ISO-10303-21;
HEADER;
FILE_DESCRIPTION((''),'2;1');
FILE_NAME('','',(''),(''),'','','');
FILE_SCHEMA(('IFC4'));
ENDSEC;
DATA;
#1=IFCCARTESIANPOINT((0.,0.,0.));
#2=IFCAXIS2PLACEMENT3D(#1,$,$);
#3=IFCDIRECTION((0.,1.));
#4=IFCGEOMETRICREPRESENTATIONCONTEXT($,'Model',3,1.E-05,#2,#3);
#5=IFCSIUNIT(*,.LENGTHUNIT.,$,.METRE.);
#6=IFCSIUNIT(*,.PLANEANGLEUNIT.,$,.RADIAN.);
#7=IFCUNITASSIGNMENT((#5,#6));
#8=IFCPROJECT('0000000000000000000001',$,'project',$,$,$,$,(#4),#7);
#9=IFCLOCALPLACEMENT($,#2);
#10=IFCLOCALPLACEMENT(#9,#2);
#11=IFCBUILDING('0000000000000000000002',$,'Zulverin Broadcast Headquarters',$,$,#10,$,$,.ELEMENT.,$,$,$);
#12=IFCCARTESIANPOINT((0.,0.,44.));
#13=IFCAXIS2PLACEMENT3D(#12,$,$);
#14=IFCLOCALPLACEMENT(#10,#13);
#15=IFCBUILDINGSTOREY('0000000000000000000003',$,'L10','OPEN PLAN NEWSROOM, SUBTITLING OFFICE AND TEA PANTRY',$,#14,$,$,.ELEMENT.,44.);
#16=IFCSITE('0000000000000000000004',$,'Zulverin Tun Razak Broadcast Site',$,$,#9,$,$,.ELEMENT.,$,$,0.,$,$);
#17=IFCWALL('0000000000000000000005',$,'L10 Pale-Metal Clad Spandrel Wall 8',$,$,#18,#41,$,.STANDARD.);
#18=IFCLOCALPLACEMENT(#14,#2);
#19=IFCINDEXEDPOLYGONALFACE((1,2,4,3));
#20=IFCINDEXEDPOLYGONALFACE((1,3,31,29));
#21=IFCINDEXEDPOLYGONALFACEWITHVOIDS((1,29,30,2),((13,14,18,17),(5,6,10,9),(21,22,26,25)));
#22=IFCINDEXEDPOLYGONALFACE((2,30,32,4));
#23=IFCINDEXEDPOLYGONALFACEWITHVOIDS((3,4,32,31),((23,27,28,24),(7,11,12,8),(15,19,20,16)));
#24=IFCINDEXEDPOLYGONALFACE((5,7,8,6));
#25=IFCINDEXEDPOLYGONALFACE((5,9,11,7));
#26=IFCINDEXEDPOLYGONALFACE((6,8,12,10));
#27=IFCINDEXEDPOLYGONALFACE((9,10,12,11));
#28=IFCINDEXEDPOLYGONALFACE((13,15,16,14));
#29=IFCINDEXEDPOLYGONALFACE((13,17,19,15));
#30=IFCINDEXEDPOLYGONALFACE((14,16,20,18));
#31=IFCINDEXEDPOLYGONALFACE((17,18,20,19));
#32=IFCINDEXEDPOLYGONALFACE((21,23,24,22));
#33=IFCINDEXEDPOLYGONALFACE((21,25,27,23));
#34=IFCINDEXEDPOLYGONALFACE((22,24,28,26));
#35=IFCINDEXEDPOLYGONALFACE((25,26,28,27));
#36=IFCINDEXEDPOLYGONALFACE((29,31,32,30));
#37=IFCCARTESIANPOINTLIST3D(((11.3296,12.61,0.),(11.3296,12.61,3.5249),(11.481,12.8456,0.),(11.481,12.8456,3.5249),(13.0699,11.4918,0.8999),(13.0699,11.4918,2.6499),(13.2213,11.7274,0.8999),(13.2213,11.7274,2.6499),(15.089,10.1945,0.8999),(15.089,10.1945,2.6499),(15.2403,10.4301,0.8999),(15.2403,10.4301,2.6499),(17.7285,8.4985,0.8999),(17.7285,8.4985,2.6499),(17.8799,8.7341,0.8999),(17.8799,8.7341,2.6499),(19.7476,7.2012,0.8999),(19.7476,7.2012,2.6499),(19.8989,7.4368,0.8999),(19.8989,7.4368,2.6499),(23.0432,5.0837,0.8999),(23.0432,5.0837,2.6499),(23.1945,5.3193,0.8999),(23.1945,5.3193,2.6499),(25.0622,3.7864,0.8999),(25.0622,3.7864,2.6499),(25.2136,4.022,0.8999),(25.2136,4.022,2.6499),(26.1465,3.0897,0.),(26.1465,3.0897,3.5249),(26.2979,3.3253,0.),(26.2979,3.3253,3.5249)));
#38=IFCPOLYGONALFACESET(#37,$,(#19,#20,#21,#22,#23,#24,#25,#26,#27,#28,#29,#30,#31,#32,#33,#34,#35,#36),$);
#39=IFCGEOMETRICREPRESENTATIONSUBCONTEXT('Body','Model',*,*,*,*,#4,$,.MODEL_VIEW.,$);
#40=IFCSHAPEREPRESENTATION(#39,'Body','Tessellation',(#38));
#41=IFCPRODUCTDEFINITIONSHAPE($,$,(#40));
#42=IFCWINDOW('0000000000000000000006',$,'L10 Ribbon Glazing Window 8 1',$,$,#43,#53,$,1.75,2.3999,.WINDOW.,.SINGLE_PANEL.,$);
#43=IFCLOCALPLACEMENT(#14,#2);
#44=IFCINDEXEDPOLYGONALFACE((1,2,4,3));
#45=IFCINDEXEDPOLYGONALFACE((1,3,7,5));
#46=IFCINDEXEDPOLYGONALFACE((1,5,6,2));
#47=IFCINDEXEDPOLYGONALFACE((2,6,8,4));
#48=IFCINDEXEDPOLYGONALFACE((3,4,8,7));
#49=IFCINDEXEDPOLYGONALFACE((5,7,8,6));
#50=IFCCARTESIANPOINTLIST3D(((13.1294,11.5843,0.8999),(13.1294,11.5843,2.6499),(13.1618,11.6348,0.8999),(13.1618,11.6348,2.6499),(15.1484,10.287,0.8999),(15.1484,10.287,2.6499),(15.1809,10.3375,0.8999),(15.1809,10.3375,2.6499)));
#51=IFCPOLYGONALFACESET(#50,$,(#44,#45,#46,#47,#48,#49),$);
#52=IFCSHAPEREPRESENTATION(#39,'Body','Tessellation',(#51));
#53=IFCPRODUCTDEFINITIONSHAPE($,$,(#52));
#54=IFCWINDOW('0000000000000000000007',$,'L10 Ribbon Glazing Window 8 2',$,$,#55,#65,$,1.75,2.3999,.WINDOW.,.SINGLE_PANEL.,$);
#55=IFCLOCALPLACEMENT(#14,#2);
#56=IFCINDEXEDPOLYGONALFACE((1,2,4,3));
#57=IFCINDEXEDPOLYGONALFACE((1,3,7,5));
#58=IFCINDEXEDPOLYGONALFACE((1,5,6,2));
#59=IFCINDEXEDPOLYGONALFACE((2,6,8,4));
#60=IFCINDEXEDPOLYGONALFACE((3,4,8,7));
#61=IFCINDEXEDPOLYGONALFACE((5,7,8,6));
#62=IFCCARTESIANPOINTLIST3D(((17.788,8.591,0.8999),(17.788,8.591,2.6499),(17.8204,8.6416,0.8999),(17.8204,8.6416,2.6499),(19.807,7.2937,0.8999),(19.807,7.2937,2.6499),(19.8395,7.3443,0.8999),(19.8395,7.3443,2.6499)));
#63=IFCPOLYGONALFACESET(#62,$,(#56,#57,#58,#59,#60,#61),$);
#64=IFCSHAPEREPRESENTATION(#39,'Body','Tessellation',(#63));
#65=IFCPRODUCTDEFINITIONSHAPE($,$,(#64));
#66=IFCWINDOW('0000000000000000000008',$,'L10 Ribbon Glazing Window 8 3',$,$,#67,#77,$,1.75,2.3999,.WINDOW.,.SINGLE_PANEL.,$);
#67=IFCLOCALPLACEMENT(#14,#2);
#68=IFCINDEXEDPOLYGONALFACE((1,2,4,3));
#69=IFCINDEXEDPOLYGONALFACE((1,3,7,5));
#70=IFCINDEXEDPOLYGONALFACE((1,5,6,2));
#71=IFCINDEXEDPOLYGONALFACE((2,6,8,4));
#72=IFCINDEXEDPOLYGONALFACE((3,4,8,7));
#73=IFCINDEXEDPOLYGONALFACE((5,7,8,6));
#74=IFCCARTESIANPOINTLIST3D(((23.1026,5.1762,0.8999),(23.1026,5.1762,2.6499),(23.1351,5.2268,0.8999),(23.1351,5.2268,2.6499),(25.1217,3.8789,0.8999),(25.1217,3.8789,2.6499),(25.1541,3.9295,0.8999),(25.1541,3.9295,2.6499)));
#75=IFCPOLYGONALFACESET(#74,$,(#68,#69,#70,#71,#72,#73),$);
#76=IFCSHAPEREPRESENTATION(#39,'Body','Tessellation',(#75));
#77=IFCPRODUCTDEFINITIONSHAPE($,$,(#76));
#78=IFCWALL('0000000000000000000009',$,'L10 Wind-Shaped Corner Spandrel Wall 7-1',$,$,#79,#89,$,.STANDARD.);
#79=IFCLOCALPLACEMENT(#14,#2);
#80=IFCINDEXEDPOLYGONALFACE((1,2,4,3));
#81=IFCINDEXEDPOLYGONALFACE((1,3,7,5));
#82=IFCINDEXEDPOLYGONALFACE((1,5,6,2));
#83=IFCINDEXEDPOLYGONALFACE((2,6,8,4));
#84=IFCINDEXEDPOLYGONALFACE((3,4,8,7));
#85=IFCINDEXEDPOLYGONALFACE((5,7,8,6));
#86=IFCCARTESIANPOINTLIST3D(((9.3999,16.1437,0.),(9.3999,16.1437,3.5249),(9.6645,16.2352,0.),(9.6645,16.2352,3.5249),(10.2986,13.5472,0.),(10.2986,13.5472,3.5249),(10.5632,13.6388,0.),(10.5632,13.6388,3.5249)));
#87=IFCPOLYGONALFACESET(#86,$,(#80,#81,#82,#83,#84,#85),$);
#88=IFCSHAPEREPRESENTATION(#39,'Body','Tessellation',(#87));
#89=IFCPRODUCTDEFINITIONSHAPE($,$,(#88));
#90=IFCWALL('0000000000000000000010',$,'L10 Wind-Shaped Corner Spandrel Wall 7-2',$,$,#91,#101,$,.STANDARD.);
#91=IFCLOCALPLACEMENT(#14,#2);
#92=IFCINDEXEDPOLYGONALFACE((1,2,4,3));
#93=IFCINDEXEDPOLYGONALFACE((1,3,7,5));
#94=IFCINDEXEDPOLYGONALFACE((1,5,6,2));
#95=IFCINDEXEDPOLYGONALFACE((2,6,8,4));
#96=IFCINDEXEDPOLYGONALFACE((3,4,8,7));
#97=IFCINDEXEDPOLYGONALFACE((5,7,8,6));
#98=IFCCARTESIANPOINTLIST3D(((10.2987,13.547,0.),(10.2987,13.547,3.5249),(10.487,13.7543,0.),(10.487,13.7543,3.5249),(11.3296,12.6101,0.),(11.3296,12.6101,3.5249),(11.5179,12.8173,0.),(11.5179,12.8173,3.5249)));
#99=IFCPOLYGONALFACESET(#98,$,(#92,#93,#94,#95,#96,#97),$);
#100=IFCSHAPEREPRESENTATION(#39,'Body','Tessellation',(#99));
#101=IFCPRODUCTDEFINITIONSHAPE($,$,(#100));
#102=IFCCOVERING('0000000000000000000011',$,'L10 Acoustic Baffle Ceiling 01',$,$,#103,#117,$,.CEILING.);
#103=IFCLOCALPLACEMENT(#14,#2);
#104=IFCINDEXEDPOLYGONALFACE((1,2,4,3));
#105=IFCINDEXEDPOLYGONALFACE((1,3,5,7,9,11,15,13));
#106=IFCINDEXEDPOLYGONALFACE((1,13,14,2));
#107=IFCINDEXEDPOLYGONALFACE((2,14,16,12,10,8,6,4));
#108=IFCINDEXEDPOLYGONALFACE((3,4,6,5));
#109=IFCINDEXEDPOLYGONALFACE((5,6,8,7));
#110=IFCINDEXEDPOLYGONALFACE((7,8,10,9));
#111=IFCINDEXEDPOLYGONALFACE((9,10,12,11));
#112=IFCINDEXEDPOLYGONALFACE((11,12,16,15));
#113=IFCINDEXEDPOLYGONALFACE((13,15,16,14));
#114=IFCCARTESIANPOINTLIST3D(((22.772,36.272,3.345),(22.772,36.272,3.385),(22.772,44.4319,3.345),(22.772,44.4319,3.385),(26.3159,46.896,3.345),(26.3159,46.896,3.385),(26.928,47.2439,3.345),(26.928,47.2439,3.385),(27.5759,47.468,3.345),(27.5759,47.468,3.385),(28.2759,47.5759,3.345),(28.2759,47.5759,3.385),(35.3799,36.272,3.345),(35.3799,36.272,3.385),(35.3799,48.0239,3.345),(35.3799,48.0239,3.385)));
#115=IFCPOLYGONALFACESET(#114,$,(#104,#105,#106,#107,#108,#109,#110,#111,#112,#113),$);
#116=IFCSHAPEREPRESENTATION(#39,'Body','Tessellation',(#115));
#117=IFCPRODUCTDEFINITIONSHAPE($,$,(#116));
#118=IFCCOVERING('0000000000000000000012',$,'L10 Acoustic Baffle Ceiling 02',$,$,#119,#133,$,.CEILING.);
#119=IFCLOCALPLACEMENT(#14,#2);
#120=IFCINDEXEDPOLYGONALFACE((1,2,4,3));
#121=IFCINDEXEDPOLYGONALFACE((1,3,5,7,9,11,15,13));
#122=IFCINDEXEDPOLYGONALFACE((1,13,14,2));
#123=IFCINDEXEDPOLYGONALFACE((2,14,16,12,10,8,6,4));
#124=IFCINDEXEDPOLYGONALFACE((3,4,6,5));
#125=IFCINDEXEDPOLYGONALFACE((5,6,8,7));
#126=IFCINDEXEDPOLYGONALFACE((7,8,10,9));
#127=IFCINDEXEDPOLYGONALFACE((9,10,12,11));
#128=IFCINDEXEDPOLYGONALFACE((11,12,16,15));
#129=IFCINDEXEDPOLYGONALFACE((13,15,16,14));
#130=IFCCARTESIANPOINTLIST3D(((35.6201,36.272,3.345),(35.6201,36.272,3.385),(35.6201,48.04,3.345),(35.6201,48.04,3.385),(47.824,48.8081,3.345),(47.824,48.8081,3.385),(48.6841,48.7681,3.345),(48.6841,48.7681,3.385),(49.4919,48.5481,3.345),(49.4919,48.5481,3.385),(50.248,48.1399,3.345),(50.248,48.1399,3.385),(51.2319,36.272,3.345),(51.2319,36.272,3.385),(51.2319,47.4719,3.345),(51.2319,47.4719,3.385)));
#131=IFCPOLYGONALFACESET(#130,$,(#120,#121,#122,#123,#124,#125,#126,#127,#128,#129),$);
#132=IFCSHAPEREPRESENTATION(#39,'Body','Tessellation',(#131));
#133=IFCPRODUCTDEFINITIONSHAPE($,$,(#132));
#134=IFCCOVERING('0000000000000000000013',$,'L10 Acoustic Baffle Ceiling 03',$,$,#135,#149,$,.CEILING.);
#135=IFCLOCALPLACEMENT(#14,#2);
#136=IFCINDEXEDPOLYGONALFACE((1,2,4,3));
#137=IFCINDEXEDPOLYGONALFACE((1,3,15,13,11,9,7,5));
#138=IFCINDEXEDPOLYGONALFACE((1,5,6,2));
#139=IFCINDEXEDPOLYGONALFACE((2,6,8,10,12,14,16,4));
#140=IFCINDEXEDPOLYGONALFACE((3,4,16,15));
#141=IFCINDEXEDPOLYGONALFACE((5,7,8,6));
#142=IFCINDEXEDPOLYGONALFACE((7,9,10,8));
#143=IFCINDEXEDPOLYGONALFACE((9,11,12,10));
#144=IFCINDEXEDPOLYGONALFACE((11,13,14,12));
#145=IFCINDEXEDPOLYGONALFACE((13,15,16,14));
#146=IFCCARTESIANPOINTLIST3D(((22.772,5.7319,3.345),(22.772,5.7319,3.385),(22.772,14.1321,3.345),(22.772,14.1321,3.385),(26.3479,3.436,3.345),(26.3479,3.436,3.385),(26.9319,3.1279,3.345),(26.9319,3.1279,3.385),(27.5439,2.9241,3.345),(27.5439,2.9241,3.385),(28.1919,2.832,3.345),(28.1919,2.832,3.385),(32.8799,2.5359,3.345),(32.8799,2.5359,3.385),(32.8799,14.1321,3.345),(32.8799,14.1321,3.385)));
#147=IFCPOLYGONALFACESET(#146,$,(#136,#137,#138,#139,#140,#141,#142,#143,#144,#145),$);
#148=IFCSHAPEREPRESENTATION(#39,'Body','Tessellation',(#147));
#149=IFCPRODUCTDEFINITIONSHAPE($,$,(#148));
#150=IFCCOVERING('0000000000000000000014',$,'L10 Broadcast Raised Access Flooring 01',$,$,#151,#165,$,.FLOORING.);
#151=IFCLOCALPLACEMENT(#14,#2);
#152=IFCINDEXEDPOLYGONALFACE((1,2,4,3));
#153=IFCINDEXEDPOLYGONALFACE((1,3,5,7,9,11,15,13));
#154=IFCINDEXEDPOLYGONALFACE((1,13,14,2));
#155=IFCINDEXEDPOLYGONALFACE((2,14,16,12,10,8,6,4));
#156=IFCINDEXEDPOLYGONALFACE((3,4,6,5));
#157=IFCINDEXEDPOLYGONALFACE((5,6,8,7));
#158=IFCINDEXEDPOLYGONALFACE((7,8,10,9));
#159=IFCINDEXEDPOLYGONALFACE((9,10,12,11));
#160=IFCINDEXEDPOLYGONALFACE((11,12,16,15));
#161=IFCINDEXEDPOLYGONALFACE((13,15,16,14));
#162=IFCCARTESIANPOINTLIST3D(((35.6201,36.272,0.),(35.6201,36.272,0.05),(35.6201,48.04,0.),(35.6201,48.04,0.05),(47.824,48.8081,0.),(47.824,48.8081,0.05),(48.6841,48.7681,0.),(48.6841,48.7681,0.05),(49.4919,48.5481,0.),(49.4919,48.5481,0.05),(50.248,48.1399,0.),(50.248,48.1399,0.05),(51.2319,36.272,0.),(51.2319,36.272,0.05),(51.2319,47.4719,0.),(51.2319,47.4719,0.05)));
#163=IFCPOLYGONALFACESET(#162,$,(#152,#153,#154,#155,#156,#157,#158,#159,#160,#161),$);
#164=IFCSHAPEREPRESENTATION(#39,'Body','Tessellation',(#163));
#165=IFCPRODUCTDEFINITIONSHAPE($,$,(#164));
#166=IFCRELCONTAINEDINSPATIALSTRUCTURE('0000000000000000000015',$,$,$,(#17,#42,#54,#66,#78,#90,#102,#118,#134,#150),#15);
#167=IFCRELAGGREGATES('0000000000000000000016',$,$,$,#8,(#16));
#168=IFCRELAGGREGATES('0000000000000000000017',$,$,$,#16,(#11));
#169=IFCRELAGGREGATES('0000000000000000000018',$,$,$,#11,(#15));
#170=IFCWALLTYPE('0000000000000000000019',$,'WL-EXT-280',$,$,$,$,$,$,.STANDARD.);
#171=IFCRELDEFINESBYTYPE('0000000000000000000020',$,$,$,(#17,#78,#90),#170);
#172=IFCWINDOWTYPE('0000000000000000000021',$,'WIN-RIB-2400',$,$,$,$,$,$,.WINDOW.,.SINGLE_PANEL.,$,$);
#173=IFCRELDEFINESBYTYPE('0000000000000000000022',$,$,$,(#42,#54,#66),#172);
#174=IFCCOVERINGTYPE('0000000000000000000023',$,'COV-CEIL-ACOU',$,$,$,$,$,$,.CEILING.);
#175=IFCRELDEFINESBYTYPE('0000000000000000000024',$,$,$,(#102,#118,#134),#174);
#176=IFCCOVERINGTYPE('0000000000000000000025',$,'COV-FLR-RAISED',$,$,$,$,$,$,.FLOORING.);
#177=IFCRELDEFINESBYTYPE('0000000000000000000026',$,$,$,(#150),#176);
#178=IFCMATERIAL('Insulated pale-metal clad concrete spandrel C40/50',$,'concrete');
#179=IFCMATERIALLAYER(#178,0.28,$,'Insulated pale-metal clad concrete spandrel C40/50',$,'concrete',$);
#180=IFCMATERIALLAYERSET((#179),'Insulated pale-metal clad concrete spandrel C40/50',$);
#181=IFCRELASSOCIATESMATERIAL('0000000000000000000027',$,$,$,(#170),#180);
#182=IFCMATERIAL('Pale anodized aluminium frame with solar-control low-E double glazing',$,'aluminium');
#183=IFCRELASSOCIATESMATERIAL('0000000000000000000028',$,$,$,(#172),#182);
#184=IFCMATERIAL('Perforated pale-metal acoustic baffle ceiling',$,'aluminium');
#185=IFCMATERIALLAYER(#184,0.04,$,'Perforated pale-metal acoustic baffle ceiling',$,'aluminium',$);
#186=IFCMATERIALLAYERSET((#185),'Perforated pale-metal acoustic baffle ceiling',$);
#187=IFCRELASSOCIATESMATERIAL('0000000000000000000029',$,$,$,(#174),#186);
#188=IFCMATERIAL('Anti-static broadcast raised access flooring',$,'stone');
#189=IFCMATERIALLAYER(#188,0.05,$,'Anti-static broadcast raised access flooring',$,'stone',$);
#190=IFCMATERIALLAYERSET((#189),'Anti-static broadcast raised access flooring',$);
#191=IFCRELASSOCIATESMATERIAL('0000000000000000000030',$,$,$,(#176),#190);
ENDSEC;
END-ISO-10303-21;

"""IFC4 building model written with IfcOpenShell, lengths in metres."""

from ifc_helpers import new_model, si_unit, direction, frame, frame_2d, origin, place, context, subcontext, project, spatial, polyline, rectangle, outline, extrude, material, layer, layer_set, type_object, element, fill, save


model = new_model("IFC4")

# Units and contexts
model_context = context("Model", 3, precision=1e-05, world=origin(), true_north=direction((0.0, 1.0)))
body_context = subcontext(model_context, "Body", "Model", "MODEL_VIEW")
ifc_project = project(units=[si_unit("LENGTHUNIT", "METRE"), si_unit("PLANEANGLEUNIT", "RADIAN")], contexts=[model_context])

# Site, building, storey
site_placement = place(None, origin())
site = spatial("IfcSite", under=ifc_project, at=site_placement, Name="Zulverin Tun Razak Broadcast Site", CompositionType="ELEMENT", RefElevation=0.0)
building_placement = place(site_placement, origin())
building = spatial("IfcBuilding", under=site, at=building_placement, Name="Zulverin Broadcast Headquarters", CompositionType="ELEMENT")
storey_placement = place(building_placement, frame((0.0, 0.0, 44.0)))
storey = spatial("IfcBuildingStorey", under=building, at=storey_placement, Name="L10", Description="OPEN PLAN NEWSROOM, SUBTITLING OFFICE AND TEA PANTRY", CompositionType="ELEMENT", Elevation=44.0)

# Wall, openings, windows
ifc_material_1 = material(Name="Insulated pale-metal clad concrete spandrel C40/50", Category="concrete")
ifc_layer_1 = layer(ifc_material_1, 0.28, Name="Insulated pale-metal clad concrete spandrel C40/50", Category="concrete")
ifc_layer_set_1 = layer_set([ifc_layer_1], Name="Insulated pale-metal clad concrete spandrel C40/50")
wall_type_1 = type_object("IfcWallType", Name="WL-EXT-280", PredefinedType="STANDARD", material=ifc_layer_set_1)
wall_1_placement = place(storey_placement, frame((11.4053, 12.7278, 0.0), z_axis=(0.0, 0.0, 1.0), x_axis=(0.841305, -0.540561, 0.0)))
wall_1 = element("IfcWall", 1, at=wall_1_placement, inside=storey, type_object=wall_type_1, Name="L10 Pale-Metal Clad Spandrel Wall 8", PredefinedType="STANDARD", context=body_context, shape_type="SweptSolid", body=[
    extrude(rectangle(XDim=17.6118, YDim=0.28, at=frame_2d((8.8059, 0.0))), origin(), (0.0, 0.0, 1.0), 3.5249),
])
opening_1_placement = place(wall_1_placement, frame((2.0686, 0.0, 0.8999)))
opening_1 = element("IfcOpeningElement", 2, at=opening_1_placement, cuts=wall_1, PredefinedType="OPENING", context=body_context, shape_type="SweptSolid", body=[
    extrude(rectangle(XDim=2.3999, YDim=1.75, at=frame_2d((1.2, 0.875))), frame((0.0, 0.1499, 0.0), z_axis=(0.0, -1.0, 0.0), x_axis=(1.0, 0.0, 0.0)), (0.0, 0.0, 1.0), 0.3),
])
opening_2_placement = place(wall_1_placement, frame((7.606, 0.0, 0.8999)))
opening_2 = element("IfcOpeningElement", 3, at=opening_2_placement, cuts=wall_1, PredefinedType="OPENING", context=body_context, shape_type="SweptSolid", body=[
    extrude(rectangle(XDim=2.3999, YDim=1.75, at=frame_2d((1.2, 0.875))), frame((0.0, 0.1499, 0.0), z_axis=(0.0, -1.0, 0.0), x_axis=(1.0, 0.0, 0.0)), (0.0, 0.0, 1.0), 0.3),
])
opening_3_placement = place(wall_1_placement, frame((13.9231, 0.0, 0.8999)))
opening_3 = element("IfcOpeningElement", 4, at=opening_3_placement, cuts=wall_1, PredefinedType="OPENING", context=body_context, shape_type="SweptSolid", body=[
    extrude(rectangle(XDim=2.3999, YDim=1.75, at=frame_2d((1.2, 0.875))), frame((0.0, 0.1499, 0.0), z_axis=(0.0, -1.0, 0.0), x_axis=(1.0, 0.0, 0.0)), (0.0, 0.0, 1.0), 0.3),
])
ifc_material_2 = material(Name="Pale anodized aluminium frame with solar-control low-E double glazing", Category="aluminium")
window_type = type_object("IfcWindowType", Name="WIN-RIB-2400", PartitioningType="SINGLE_PANEL", PredefinedType="WINDOW", material=ifc_material_2)
window_1_placement = place(opening_1_placement, origin())
window_1 = element("IfcWindow", 5, at=window_1_placement, inside=storey, type_object=window_type, Name="L10 Ribbon Glazing Window 8 1", OverallHeight=1.75, OverallWidth=2.3999, PartitioningType="SINGLE_PANEL", PredefinedType="WINDOW", context=body_context, shape_type="SweptSolid", body=[
    extrude(rectangle(XDim=2.3999, YDim=1.75, at=frame_2d((1.2, 0.875))), frame((0.0, 0.03, 0.0), z_axis=(0.0, -1.0, 0.0), x_axis=(1.0, 0.0, 0.0)), (0.0, 0.0, 1.0), 0.0601),
])
fill(opening_1, window_1)
window_2_placement = place(opening_2_placement, origin())
window_2 = element("IfcWindow", 6, at=window_2_placement, inside=storey, type_object=window_type, Name="L10 Ribbon Glazing Window 8 2", OverallHeight=1.75, OverallWidth=2.3999, PartitioningType="SINGLE_PANEL", PredefinedType="WINDOW", context=body_context, shape_type="SweptSolid", body=[
    extrude(rectangle(XDim=2.3999, YDim=1.75, at=frame_2d((1.2, 0.875))), frame((0.0, 0.03, 0.0), z_axis=(0.0, -1.0, 0.0), x_axis=(1.0, 0.0, 0.0)), (0.0, 0.0, 1.0), 0.0601),
])
fill(opening_2, window_2)
window_3_placement = place(opening_3_placement, origin())
window_3 = element("IfcWindow", 7, at=window_3_placement, inside=storey, type_object=window_type, Name="L10 Ribbon Glazing Window 8 3", OverallHeight=1.75, OverallWidth=2.3999, PartitioningType="SINGLE_PANEL", PredefinedType="WINDOW", context=body_context, shape_type="SweptSolid", body=[
    extrude(rectangle(XDim=2.3999, YDim=1.75, at=frame_2d((1.2, 0.875))), frame((0.0, 0.03, 0.0), z_axis=(0.0, -1.0, 0.0), x_axis=(1.0, 0.0, 0.0)), (0.0, 0.0, 1.0), 0.0601),
])
fill(opening_3, window_3)

# Walls
wall_2_placement = place(storey_placement, frame((9.5322, 16.1895, 0.0), z_axis=(0.0, 0.0, 1.0), x_axis=(0.327083, -0.944996, 0.0)))
element("IfcWall", 8, at=wall_2_placement, inside=storey, type_object=wall_type_1, Name="L10 Wind-Shaped Corner Spandrel Wall 7-1", PredefinedType="STANDARD", context=body_context, shape_type="SweptSolid", body=[
    extrude(rectangle(XDim=2.7476, YDim=0.28, at=frame_2d((1.3738, 0.0))), origin(), (0.0, 0.0, 1.0), 3.5249),
])
wall_3_placement = place(storey_placement, frame((10.3928, 13.6506, 0.0), z_axis=(0.0, 0.0, 1.0), x_axis=(0.740035, -0.672568, 0.0)))
element("IfcWall", 9, at=wall_3_placement, inside=storey, type_object=wall_type_1, Name="L10 Wind-Shaped Corner Spandrel Wall 7-2", PredefinedType="STANDARD", context=body_context, shape_type="SweptSolid", body=[
    extrude(rectangle(XDim=1.3931, YDim=0.28, at=frame_2d((0.6965, 0.0))), origin(), (0.0, 0.0, 1.0), 3.5249),
])

# Coverings
ifc_material_3 = material(Name="Perforated pale-metal acoustic baffle ceiling", Category="aluminium")
ifc_layer_2 = layer(ifc_material_3, 0.04, Name="Perforated pale-metal acoustic baffle ceiling", Category="aluminium")
ifc_layer_set_2 = layer_set([ifc_layer_2], Name="Perforated pale-metal acoustic baffle ceiling")
covering_type_1 = type_object("IfcCoveringType", Name="COV-CEIL-ACOU", PredefinedType="CEILING", material=ifc_layer_set_2)
covering_1_placement = place(storey_placement, frame((0.0, 0.0, 3.345)))
element("IfcCovering", 10, at=covering_1_placement, inside=storey, type_object=covering_type_1, Name="L10 Acoustic Baffle Ceiling 01", PredefinedType="CEILING", context=body_context, shape_type="SweptSolid", body=[
    extrude(outline(polyline([(35.3799, 36.272), (35.3799, 48.0239), (28.2759, 47.5759), (27.5759, 47.468), (26.928, 47.2439), (26.3159, 46.896), (22.772, 44.4319), (22.772, 36.272), (35.3799, 36.272)])), origin(), (0.0, 0.0, 1.0), 0.04),
])
covering_2_placement = place(storey_placement, frame((0.0, 0.0, 3.345)))
element("IfcCovering", 11, at=covering_2_placement, inside=storey, type_object=covering_type_1, Name="L10 Acoustic Baffle Ceiling 02", PredefinedType="CEILING", context=body_context, shape_type="SweptSolid", body=[
    extrude(outline(polyline([(51.2319, 36.272), (51.2319, 47.4719), (50.248, 48.1399), (49.4919, 48.5481), (48.6841, 48.7681), (47.824, 48.8081), (35.6201, 48.04), (35.6201, 36.272), (51.2319, 36.272)])), origin(), (0.0, 0.0, 1.0), 0.04),
])
covering_3_placement = place(storey_placement, frame((0.0, 0.0, 3.345)))
element("IfcCovering", 12, at=covering_3_placement, inside=storey, type_object=covering_type_1, Name="L10 Acoustic Baffle Ceiling 03", PredefinedType="CEILING", context=body_context, shape_type="SweptSolid", body=[
    extrude(outline(polyline([(22.772, 14.1321), (22.772, 5.7319), (26.3479, 3.436), (26.9319, 3.1279), (27.5439, 2.9241), (28.1919, 2.832), (32.8799, 2.5359), (32.8799, 14.1321), (22.772, 14.1321)])), origin(), (0.0, 0.0, 1.0), 0.04),
])
ifc_material_4 = material(Name="Anti-static broadcast raised access flooring", Category="stone")
ifc_layer_3 = layer(ifc_material_4, 0.05, Name="Anti-static broadcast raised access flooring", Category="stone")
ifc_layer_set_3 = layer_set([ifc_layer_3], Name="Anti-static broadcast raised access flooring")
covering_type_2 = type_object("IfcCoveringType", Name="COV-FLR-RAISED", PredefinedType="FLOORING", material=ifc_layer_set_3)
covering_4_placement = place(storey_placement, origin())
element("IfcCovering", 13, at=covering_4_placement, inside=storey, type_object=covering_type_2, Name="L10 Broadcast Raised Access Flooring 01", PredefinedType="FLOORING", context=body_context, shape_type="SweptSolid", body=[
    extrude(outline(polyline([(51.2319, 36.272), (51.2319, 47.4719), (50.248, 48.1399), (49.4919, 48.5481), (48.6841, 48.7681), (47.824, 48.8081), (35.6201, 48.04), (35.6201, 36.272), (51.2319, 36.272)])), origin(), (0.0, 0.0, 1.0), 0.05),
])

save(model, "model.ifc")
